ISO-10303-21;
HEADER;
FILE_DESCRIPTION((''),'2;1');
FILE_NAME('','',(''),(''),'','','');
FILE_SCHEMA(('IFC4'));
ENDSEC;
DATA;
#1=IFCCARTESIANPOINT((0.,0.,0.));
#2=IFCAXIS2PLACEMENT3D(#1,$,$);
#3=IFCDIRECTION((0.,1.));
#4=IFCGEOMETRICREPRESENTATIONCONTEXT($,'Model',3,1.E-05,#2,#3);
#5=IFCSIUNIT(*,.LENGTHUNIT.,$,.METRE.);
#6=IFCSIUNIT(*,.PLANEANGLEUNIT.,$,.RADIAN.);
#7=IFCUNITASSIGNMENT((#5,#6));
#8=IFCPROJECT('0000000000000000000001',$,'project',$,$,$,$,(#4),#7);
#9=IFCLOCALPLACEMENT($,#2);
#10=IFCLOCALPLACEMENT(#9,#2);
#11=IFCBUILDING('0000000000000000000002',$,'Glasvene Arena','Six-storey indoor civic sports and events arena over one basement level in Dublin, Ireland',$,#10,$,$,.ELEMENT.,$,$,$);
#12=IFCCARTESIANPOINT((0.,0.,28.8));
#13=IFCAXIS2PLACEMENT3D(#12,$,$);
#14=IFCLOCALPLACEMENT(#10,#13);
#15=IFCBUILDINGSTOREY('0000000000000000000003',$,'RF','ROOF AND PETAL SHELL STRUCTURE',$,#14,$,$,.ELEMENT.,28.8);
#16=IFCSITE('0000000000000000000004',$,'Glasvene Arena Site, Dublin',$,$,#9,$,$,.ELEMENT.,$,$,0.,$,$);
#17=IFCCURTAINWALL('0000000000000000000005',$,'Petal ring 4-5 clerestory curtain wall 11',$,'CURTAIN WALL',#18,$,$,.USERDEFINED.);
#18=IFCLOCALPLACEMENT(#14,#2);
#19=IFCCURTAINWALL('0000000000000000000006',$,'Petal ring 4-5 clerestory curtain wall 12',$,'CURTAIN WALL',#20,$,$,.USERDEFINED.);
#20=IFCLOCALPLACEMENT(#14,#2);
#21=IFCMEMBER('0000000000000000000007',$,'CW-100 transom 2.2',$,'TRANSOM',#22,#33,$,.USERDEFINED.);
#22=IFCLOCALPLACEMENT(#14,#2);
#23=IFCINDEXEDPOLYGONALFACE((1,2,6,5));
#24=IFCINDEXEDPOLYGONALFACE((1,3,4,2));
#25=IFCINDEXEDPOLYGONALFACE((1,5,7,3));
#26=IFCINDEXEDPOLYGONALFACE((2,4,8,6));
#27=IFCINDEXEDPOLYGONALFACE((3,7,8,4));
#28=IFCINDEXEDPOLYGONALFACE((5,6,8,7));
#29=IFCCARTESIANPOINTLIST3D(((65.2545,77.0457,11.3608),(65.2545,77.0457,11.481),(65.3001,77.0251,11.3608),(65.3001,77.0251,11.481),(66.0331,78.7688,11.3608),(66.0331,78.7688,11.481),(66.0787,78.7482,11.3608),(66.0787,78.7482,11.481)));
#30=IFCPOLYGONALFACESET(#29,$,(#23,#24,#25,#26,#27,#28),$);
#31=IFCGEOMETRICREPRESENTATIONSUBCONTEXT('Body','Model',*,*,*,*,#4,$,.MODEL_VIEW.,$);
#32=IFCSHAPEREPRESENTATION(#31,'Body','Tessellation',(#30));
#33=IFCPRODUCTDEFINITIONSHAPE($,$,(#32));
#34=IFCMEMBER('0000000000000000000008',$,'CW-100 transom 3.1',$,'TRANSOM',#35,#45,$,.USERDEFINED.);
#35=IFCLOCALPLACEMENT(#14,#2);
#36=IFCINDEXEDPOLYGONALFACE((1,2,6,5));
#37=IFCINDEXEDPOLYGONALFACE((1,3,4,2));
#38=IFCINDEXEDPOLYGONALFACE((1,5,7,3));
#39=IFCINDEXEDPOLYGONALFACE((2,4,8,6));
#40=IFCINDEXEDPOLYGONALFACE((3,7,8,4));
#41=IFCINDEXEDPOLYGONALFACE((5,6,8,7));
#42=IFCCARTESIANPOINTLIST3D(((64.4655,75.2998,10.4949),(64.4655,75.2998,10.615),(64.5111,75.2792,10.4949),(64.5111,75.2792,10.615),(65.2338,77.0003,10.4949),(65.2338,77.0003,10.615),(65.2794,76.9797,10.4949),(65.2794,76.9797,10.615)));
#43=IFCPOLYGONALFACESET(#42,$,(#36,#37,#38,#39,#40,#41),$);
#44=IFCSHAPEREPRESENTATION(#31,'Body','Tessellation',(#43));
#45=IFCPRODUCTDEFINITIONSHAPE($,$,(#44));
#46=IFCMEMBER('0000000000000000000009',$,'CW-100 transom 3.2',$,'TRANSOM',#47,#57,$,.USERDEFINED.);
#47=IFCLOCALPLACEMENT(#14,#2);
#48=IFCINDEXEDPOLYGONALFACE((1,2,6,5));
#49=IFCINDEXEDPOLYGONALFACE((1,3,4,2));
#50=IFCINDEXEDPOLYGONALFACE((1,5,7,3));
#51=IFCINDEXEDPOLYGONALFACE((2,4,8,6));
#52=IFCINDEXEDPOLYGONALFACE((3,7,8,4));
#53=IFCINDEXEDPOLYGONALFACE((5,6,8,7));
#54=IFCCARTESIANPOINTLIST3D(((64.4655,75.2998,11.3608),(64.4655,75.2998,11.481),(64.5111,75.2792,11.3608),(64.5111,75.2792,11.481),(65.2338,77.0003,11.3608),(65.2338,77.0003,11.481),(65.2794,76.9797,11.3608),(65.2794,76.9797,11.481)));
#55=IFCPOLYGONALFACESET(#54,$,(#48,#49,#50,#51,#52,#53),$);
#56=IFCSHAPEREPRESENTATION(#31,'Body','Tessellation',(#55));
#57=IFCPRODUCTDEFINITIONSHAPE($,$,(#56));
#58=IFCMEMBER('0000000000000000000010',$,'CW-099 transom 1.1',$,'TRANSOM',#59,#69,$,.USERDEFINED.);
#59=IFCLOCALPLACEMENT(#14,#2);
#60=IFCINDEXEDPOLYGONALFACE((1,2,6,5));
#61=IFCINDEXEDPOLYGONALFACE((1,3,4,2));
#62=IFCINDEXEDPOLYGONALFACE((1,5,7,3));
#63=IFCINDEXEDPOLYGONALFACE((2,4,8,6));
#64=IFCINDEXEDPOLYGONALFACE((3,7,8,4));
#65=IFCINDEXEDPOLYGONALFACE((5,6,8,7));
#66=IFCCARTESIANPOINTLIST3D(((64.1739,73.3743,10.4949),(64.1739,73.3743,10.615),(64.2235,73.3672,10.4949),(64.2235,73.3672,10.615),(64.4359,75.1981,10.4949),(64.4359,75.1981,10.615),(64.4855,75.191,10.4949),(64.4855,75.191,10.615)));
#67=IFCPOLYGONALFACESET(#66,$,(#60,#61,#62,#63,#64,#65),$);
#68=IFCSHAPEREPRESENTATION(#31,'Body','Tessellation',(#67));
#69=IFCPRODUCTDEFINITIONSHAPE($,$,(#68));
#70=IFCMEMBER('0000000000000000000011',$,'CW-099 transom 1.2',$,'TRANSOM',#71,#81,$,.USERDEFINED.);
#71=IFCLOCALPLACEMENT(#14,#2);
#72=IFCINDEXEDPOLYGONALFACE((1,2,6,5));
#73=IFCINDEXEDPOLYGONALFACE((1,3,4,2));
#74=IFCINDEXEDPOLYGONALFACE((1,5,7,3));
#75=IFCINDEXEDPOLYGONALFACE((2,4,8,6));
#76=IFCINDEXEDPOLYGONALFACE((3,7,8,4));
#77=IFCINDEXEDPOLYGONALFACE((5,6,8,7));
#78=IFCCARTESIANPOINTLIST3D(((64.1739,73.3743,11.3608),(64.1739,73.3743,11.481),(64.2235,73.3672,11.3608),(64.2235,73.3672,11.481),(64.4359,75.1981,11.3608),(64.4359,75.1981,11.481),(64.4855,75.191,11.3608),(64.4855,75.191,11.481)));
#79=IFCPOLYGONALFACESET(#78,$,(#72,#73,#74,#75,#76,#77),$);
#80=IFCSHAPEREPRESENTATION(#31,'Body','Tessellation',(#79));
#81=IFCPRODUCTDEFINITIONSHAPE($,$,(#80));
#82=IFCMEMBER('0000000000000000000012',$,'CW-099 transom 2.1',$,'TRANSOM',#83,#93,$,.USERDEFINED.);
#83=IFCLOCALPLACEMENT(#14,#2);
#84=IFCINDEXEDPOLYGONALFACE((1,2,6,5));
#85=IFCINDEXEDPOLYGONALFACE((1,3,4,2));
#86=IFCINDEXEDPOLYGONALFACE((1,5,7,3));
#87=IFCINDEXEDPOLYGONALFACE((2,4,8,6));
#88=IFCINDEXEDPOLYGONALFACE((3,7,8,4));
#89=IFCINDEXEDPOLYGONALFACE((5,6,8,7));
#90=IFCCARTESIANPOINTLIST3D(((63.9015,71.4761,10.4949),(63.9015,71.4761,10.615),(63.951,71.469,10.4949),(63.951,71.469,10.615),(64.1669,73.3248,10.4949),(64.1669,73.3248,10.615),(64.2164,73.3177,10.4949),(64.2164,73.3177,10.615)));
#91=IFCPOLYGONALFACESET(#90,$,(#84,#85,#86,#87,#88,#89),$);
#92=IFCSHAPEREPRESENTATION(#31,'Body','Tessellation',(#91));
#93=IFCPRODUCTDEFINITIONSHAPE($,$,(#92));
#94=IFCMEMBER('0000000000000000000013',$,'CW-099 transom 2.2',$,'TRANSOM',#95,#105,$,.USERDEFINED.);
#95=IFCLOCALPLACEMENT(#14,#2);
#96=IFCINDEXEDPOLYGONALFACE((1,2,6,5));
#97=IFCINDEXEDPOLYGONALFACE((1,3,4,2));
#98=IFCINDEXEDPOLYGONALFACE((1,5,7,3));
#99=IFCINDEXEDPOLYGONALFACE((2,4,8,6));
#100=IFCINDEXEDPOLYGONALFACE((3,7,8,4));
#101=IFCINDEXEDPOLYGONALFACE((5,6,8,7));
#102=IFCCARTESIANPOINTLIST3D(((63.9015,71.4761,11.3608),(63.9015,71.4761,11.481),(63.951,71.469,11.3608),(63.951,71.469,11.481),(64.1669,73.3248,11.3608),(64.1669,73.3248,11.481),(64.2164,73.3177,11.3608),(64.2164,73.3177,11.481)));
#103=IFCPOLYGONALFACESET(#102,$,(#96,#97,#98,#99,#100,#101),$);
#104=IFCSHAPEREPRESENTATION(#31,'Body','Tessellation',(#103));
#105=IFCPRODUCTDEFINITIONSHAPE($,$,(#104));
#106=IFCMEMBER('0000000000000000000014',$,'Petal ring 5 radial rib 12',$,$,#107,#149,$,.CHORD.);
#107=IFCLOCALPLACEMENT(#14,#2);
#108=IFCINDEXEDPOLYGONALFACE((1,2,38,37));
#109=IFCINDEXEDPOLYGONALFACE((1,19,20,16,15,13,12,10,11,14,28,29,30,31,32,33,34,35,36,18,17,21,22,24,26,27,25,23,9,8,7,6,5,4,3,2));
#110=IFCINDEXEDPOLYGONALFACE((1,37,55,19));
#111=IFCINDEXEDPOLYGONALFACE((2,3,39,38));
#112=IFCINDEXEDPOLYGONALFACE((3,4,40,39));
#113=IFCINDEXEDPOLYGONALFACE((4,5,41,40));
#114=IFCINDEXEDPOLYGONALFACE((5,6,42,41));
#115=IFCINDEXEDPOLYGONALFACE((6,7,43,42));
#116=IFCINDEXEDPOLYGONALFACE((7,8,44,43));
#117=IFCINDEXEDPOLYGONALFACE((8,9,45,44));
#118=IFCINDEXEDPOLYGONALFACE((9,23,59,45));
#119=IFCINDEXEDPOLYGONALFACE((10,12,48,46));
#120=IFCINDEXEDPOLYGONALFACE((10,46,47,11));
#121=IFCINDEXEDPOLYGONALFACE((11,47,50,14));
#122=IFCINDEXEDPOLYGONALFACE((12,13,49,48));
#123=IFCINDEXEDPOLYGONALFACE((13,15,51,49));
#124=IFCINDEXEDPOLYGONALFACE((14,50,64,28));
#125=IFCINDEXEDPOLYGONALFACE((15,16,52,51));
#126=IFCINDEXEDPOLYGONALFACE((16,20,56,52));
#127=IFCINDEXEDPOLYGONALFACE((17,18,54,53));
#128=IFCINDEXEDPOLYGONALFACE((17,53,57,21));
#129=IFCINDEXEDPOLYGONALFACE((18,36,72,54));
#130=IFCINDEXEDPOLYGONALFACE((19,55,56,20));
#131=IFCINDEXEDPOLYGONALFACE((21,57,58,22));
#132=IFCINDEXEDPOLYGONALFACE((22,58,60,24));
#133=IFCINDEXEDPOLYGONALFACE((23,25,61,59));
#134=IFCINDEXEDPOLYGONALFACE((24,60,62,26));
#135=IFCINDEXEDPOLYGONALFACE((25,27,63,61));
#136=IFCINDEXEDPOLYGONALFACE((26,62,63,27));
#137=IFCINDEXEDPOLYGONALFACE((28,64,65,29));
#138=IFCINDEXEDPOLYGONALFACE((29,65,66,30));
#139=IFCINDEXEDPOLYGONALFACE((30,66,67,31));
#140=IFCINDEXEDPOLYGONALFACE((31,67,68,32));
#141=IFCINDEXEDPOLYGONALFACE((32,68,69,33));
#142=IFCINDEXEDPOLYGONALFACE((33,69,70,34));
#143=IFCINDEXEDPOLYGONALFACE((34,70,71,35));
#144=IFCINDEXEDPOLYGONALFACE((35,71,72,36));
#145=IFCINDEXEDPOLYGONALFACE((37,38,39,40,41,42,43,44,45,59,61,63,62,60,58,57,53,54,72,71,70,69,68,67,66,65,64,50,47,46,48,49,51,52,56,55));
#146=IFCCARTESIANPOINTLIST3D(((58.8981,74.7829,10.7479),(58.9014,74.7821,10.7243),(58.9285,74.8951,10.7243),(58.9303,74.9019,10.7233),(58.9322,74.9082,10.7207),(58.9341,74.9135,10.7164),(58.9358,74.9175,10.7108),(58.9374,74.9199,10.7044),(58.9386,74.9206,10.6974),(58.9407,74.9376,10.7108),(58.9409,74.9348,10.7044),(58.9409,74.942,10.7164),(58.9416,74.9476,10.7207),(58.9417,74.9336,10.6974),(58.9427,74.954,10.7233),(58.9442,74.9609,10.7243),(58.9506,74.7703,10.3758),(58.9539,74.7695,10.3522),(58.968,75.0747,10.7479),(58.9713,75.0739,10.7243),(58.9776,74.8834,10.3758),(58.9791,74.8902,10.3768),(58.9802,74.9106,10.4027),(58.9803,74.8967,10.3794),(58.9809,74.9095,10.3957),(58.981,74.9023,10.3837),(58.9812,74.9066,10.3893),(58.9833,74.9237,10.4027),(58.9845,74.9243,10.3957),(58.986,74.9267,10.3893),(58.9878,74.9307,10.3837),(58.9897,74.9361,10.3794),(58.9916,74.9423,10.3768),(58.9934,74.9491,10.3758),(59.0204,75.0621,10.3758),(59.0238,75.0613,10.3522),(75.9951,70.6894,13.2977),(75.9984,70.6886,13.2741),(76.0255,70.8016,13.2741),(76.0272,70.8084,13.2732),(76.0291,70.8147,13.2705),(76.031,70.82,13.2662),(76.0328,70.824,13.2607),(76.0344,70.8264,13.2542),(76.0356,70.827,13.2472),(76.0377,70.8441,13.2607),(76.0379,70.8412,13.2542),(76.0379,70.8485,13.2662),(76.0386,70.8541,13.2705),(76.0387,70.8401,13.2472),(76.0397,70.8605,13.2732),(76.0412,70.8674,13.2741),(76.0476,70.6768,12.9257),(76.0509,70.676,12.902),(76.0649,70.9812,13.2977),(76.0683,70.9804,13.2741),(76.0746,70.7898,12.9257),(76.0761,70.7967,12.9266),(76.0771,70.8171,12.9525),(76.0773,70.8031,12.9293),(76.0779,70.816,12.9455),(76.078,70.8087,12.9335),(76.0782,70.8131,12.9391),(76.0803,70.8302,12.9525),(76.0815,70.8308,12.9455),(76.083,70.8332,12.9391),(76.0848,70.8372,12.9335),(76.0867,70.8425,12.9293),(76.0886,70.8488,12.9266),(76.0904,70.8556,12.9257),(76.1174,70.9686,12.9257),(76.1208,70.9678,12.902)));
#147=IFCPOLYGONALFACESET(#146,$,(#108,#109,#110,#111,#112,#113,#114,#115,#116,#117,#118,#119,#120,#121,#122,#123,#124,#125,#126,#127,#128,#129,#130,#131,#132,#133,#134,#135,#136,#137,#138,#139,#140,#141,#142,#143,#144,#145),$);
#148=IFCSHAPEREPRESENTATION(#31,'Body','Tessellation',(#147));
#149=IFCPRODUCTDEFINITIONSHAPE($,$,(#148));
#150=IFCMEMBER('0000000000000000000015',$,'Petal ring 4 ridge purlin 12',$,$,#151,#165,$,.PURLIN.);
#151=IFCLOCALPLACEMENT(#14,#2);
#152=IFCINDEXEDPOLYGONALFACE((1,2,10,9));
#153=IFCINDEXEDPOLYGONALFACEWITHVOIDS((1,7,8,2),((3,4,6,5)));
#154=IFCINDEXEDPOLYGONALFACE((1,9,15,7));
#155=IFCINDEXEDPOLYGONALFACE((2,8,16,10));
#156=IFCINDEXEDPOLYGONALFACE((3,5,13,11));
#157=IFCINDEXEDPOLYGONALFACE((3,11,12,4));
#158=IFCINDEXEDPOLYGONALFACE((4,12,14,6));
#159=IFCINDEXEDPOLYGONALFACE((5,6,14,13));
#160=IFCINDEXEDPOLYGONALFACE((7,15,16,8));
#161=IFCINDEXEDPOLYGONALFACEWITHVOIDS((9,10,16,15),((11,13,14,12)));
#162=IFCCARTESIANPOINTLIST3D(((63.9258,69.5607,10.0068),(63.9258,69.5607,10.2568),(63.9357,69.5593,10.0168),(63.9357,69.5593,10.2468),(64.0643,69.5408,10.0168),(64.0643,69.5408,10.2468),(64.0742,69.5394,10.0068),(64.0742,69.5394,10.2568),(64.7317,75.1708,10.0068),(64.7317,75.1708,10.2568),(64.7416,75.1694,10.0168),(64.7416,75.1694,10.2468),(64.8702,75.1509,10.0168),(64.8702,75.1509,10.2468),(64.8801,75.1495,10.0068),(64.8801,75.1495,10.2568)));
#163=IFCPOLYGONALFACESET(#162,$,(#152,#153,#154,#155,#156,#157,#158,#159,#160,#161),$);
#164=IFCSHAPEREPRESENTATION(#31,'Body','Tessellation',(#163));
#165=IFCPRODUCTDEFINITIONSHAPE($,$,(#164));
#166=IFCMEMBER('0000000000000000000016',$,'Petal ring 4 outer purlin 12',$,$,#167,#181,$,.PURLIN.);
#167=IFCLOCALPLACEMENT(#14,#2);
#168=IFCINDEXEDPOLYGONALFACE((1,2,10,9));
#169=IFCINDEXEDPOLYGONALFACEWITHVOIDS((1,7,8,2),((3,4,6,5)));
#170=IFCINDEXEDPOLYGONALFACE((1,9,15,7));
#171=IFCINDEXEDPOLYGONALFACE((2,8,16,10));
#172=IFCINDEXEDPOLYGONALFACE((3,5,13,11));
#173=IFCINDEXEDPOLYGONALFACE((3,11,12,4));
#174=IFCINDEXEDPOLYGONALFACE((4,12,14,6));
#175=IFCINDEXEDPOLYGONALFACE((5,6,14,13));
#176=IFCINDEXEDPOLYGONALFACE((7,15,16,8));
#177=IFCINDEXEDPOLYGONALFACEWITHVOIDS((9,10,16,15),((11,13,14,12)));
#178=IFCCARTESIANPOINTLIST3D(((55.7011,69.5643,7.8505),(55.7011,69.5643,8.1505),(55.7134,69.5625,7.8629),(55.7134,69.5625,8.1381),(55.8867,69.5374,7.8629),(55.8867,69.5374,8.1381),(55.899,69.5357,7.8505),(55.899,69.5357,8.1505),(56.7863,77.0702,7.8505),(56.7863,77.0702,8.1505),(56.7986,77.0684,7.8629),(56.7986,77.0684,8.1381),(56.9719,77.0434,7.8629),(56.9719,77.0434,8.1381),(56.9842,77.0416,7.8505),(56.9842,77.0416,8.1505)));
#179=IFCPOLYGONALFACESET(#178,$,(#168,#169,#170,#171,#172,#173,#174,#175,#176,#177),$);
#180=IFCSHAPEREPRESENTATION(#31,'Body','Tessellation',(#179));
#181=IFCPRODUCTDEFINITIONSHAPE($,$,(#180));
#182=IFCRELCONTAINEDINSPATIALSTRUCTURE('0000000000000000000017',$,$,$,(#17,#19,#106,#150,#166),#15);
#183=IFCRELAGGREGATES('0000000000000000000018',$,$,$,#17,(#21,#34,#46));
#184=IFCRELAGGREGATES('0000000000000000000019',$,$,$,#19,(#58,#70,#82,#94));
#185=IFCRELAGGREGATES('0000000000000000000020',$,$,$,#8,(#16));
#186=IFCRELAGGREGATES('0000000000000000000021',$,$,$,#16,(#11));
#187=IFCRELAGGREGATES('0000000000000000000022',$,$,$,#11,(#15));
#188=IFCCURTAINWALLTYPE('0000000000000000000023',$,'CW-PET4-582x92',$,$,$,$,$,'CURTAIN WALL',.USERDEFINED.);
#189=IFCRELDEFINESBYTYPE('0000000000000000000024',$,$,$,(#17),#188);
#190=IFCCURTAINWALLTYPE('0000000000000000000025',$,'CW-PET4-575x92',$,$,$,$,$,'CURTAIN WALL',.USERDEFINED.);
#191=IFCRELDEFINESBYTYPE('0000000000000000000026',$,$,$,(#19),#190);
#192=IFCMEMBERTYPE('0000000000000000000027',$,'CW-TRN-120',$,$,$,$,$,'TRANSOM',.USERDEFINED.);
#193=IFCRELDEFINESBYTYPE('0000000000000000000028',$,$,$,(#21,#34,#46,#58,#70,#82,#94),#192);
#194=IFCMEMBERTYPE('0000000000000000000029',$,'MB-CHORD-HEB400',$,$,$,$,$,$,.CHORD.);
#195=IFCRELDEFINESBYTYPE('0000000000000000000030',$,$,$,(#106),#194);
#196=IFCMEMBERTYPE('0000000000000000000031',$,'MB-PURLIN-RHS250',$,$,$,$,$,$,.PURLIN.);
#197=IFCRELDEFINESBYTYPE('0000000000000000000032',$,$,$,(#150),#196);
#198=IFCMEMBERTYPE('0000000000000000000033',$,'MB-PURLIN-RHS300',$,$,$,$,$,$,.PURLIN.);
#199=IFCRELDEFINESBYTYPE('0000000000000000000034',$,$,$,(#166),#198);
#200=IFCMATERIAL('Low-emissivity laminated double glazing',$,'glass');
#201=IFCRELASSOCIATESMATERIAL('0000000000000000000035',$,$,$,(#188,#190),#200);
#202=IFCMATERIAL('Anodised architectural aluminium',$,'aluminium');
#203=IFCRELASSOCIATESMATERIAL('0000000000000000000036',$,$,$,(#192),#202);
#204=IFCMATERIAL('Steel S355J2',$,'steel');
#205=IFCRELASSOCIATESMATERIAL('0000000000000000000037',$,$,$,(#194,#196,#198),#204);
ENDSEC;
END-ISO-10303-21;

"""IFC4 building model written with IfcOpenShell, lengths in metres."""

from ifc_helpers import new_model, si_unit, direction, frame, origin, origin_2d, place, context, subcontext, project, spatial, rectangle, hollow_rectangle, i_section, extrude, material, material_profile, profile_set, type_object, element, aggregate, save


model = new_model("IFC4")

# Units and contexts
model_context = context("Model", 3, precision=1e-05, world=origin(), true_north=direction((0.0, 1.0)))
body_context = subcontext(model_context, "Body", "Model", "MODEL_VIEW")
ifc_project = project(units=[si_unit("LENGTHUNIT", "METRE"), si_unit("PLANEANGLEUNIT", "RADIAN")], contexts=[model_context])

# Site, building, storey
site_placement = place(None, origin())
site = spatial("IfcSite", under=ifc_project, at=site_placement, Name="Glasvene Arena Site, Dublin", CompositionType="ELEMENT", RefElevation=0.0)
building_placement = place(site_placement, origin())
building = spatial("IfcBuilding", under=site, at=building_placement, Name="Glasvene Arena", Description="Six-storey indoor civic sports and events arena over one basement level in Dublin, Ireland", CompositionType="ELEMENT")
storey_placement = place(building_placement, frame((0.0, 0.0, 28.8)))
storey = spatial("IfcBuildingStorey", under=building, at=storey_placement, Name="RF", Description="ROOF AND PETAL SHELL STRUCTURE", CompositionType="ELEMENT", Elevation=28.8)

# Curtain walls
ifc_material_1 = material(Name="Low-emissivity laminated double glazing", Category="glass")
curtain_wall_type_1 = type_object("IfcCurtainWallType", Name="CW-PET4-582x92", ElementType="CURTAIN WALL", PredefinedType="USERDEFINED", material=ifc_material_1)
curtain_wall_1_placement = place(storey_placement, frame((66.8655, 80.55, 0.0)))
curtain_wall_1 = element("IfcCurtainWall", 1, at=curtain_wall_1_placement, inside=storey, type_object=curtain_wall_type_1, Name="Petal ring 4-5 clerestory curtain wall 11", ObjectType="CURTAIN WALL", PredefinedType="USERDEFINED")
ifc_material_2 = material(Name="Anodised architectural aluminium", Category="aluminium")
curtain_wall_type_2 = type_object("IfcCurtainWallType", Name="CW-PET4-575x92", ElementType="CURTAIN WALL", PredefinedType="USERDEFINED", material=ifc_material_1)
curtain_wall_2_placement = place(storey_placement, frame((64.4678, 75.2439, 0.0)))
curtain_wall_2 = element("IfcCurtainWall", 2, at=curtain_wall_2_placement, inside=storey, type_object=curtain_wall_type_2, Name="Petal ring 4-5 clerestory curtain wall 12", ObjectType="CURTAIN WALL", PredefinedType="USERDEFINED")
ifc_material_profile_1 = material_profile(ifc_material_2, rectangle(XDim=0.05, YDim=0.1201, at=origin_2d()), Name="ALU TRANSOM 50x120")
ifc_profile_set_1 = profile_set([ifc_material_profile_1], Name="Anodised architectural aluminium")
member_type_1 = type_object("IfcMemberType", Name="CW-TRN-120", ElementType="TRANSOM", PredefinedType="USERDEFINED", material=ifc_profile_set_1)

# Members
member_1_placement = place(storey_placement, frame((66.0559, 78.7585, 11.4209), z_axis=(-0.411749, -0.911297, 0.0), x_axis=(0.911297, -0.411749, 0.0)))
member_1 = element("IfcMember", 3, at=member_1_placement, type_object=member_type_1, Name="CW-100 transom 2.2", ObjectType="TRANSOM", PredefinedType="USERDEFINED", context=body_context, shape_type="SweptSolid", body=[
    extrude(rectangle(XDim=0.05, YDim=0.1201, at=origin_2d()), origin(), (0.0, 0.0, 1.0), 1.8909),
])
member_2_placement = place(storey_placement, frame((65.2566, 76.99, 10.5549), z_axis=(-0.411751, -0.911296, 0.0), x_axis=(0.911296, -0.411751, 0.0)))
member_2 = element("IfcMember", 4, at=member_2_placement, type_object=member_type_1, Name="CW-100 transom 3.1", ObjectType="TRANSOM", PredefinedType="USERDEFINED", context=body_context, shape_type="SweptSolid", body=[
    extrude(rectangle(XDim=0.05, YDim=0.1201, at=origin_2d()), origin(), (0.0, 0.0, 1.0), 1.866),
])
member_3_placement = place(storey_placement, frame((65.2566, 76.99, 11.4209), z_axis=(-0.411751, -0.911296, 0.0), x_axis=(0.911296, -0.411751, 0.0)))
member_3 = element("IfcMember", 5, at=member_3_placement, type_object=member_type_1, Name="CW-100 transom 3.2", ObjectType="TRANSOM", PredefinedType="USERDEFINED", context=body_context, shape_type="SweptSolid", body=[
    extrude(rectangle(XDim=0.05, YDim=0.1201, at=origin_2d()), origin(), (0.0, 0.0, 1.0), 1.866),
])
member_4_placement = place(storey_placement, frame((64.4607, 75.1946, 10.5549), z_axis=(-0.142182, -0.989841, 0.0), x_axis=(0.989841, -0.142182, 0.0)))
member_4 = element("IfcMember", 6, at=member_4_placement, type_object=member_type_1, Name="CW-099 transom 1.1", ObjectType="TRANSOM", PredefinedType="USERDEFINED", context=body_context, shape_type="SweptSolid", body=[
    extrude(rectangle(XDim=0.05, YDim=0.1201, at=origin_2d()), origin(), (0.0, 0.0, 1.0), 1.8425),
])
member_5_placement = place(storey_placement, frame((64.4607, 75.1946, 11.4209), z_axis=(-0.142182, -0.989841, 0.0), x_axis=(0.989841, -0.142182, 0.0)))
member_5 = element("IfcMember", 7, at=member_5_placement, type_object=member_type_1, Name="CW-099 transom 1.2", ObjectType="TRANSOM", PredefinedType="USERDEFINED", context=body_context, shape_type="SweptSolid", body=[
    extrude(rectangle(XDim=0.05, YDim=0.1201, at=origin_2d()), origin(), (0.0, 0.0, 1.0), 1.8425),
])
member_6_placement = place(storey_placement, frame((64.1917, 73.3213, 10.5549), z_axis=(-0.142098, -0.989853, 0.0), x_axis=(0.989853, -0.142098, 0.0)))
member_6 = element("IfcMember", 8, at=member_6_placement, type_object=member_type_1, Name="CW-099 transom 2.1", ObjectType="TRANSOM", PredefinedType="USERDEFINED", context=body_context, shape_type="SweptSolid", body=[
    extrude(rectangle(XDim=0.05, YDim=0.1201, at=origin_2d()), origin(), (0.0, 0.0, 1.0), 1.8677),
])
member_7_placement = place(storey_placement, frame((64.1917, 73.3213, 11.4209), z_axis=(-0.142098, -0.989853, 0.0), x_axis=(0.989853, -0.142098, 0.0)))
member_7 = element("IfcMember", 9, at=member_7_placement, type_object=member_type_1, Name="CW-099 transom 2.2", ObjectType="TRANSOM", PredefinedType="USERDEFINED", context=body_context, shape_type="SweptSolid", body=[
    extrude(rectangle(XDim=0.05, YDim=0.1201, at=origin_2d()), origin(), (0.0, 0.0, 1.0), 1.8677),
])

# Members
ifc_material_3 = material(Name="Steel S355J2", Category="steel")
ifc_material_profile_2 = material_profile(ifc_material_3, i_section(OverallWidth=0.3, OverallDepth=0.3999, WebThickness=0.0134, FlangeThickness=0.0239, FilletRadius=0.0271, at=origin_2d()), Name="HEB 400")
ifc_profile_set_2 = profile_set([ifc_material_profile_2], Name="Steel S355J2")
member_type_2 = type_object("IfcMemberType", Name="MB-CHORD-HEB400", PredefinedType="CHORD", material=ifc_profile_set_2)
member_8_placement = place(storey_placement, frame((58.9609, 74.9221, 10.55), z_axis=(0.962443, -0.230437, 0.143537), x_axis=(0.232848, 0.972513, 0.0)))
element("IfcMember", 10, at=member_8_placement, inside=storey, type_object=member_type_2, Name="Petal ring 5 radial rib 12", PredefinedType="CHORD", context=body_context, shape_type="SweptSolid", body=[
    extrude(i_section(OverallWidth=0.3, OverallDepth=0.3999, WebThickness=0.0134, FlangeThickness=0.0239, FilletRadius=0.0271, at=origin_2d()), origin(), (0.0, 0.0, 1.0), 17.7642),
])
ifc_material_profile_3 = material_profile(ifc_material_3, hollow_rectangle(XDim=0.1499, YDim=0.25, WallThickness=0.01, at=origin_2d()), Name="RHS 250x150x10.0")
ifc_profile_set_3 = profile_set([ifc_material_profile_3], Name="Steel S355J2")
member_type_3 = type_object("IfcMemberType", Name="MB-PURLIN-RHS250", PredefinedType="PURLIN", material=ifc_profile_set_3)
member_9_placement = place(storey_placement, frame((64.8059, 75.1602, 10.1318), z_axis=(-0.142193, -0.989839, 0.0), x_axis=(0.989839, -0.142193, 0.0)))
element("IfcMember", 11, at=member_9_placement, inside=storey, type_object=member_type_3, Name="Petal ring 4 ridge purlin 12", PredefinedType="PURLIN", context=body_context, shape_type="SweptSolid", body=[
    extrude(hollow_rectangle(XDim=0.1499, YDim=0.25, WallThickness=0.01, at=origin_2d()), origin(), (0.0, 0.0, 1.0), 5.6677),
])
ifc_material_profile_4 = material_profile(ifc_material_3, hollow_rectangle(XDim=0.2, YDim=0.3, WallThickness=0.0125, at=origin_2d()), Name="RHS 300x200x12.5")
ifc_profile_set_4 = profile_set([ifc_material_profile_4], Name="Steel S355J2")
member_type_4 = type_object("IfcMemberType", Name="MB-PURLIN-RHS300", PredefinedType="PURLIN", material=ifc_profile_set_4)
member_10_placement = place(storey_placement, frame((56.8853, 77.0559, 8.0005), z_axis=(-0.143093, -0.989709, 0.0), x_axis=(0.989709, -0.143093, 0.0)))
element("IfcMember", 12, at=member_10_placement, inside=storey, type_object=member_type_4, Name="Petal ring 4 outer purlin 12", PredefinedType="PURLIN", context=body_context, shape_type="SweptSolid", body=[
    extrude(hollow_rectangle(XDim=0.2, YDim=0.3, WallThickness=0.0125, at=origin_2d()), origin(), (0.0, 0.0, 1.0), 7.584),
])

aggregate(curtain_wall_1, [member_1, member_2, member_3])
aggregate(curtain_wall_2, [member_4, member_5, member_6, member_7])

save(model, "model.ifc")
